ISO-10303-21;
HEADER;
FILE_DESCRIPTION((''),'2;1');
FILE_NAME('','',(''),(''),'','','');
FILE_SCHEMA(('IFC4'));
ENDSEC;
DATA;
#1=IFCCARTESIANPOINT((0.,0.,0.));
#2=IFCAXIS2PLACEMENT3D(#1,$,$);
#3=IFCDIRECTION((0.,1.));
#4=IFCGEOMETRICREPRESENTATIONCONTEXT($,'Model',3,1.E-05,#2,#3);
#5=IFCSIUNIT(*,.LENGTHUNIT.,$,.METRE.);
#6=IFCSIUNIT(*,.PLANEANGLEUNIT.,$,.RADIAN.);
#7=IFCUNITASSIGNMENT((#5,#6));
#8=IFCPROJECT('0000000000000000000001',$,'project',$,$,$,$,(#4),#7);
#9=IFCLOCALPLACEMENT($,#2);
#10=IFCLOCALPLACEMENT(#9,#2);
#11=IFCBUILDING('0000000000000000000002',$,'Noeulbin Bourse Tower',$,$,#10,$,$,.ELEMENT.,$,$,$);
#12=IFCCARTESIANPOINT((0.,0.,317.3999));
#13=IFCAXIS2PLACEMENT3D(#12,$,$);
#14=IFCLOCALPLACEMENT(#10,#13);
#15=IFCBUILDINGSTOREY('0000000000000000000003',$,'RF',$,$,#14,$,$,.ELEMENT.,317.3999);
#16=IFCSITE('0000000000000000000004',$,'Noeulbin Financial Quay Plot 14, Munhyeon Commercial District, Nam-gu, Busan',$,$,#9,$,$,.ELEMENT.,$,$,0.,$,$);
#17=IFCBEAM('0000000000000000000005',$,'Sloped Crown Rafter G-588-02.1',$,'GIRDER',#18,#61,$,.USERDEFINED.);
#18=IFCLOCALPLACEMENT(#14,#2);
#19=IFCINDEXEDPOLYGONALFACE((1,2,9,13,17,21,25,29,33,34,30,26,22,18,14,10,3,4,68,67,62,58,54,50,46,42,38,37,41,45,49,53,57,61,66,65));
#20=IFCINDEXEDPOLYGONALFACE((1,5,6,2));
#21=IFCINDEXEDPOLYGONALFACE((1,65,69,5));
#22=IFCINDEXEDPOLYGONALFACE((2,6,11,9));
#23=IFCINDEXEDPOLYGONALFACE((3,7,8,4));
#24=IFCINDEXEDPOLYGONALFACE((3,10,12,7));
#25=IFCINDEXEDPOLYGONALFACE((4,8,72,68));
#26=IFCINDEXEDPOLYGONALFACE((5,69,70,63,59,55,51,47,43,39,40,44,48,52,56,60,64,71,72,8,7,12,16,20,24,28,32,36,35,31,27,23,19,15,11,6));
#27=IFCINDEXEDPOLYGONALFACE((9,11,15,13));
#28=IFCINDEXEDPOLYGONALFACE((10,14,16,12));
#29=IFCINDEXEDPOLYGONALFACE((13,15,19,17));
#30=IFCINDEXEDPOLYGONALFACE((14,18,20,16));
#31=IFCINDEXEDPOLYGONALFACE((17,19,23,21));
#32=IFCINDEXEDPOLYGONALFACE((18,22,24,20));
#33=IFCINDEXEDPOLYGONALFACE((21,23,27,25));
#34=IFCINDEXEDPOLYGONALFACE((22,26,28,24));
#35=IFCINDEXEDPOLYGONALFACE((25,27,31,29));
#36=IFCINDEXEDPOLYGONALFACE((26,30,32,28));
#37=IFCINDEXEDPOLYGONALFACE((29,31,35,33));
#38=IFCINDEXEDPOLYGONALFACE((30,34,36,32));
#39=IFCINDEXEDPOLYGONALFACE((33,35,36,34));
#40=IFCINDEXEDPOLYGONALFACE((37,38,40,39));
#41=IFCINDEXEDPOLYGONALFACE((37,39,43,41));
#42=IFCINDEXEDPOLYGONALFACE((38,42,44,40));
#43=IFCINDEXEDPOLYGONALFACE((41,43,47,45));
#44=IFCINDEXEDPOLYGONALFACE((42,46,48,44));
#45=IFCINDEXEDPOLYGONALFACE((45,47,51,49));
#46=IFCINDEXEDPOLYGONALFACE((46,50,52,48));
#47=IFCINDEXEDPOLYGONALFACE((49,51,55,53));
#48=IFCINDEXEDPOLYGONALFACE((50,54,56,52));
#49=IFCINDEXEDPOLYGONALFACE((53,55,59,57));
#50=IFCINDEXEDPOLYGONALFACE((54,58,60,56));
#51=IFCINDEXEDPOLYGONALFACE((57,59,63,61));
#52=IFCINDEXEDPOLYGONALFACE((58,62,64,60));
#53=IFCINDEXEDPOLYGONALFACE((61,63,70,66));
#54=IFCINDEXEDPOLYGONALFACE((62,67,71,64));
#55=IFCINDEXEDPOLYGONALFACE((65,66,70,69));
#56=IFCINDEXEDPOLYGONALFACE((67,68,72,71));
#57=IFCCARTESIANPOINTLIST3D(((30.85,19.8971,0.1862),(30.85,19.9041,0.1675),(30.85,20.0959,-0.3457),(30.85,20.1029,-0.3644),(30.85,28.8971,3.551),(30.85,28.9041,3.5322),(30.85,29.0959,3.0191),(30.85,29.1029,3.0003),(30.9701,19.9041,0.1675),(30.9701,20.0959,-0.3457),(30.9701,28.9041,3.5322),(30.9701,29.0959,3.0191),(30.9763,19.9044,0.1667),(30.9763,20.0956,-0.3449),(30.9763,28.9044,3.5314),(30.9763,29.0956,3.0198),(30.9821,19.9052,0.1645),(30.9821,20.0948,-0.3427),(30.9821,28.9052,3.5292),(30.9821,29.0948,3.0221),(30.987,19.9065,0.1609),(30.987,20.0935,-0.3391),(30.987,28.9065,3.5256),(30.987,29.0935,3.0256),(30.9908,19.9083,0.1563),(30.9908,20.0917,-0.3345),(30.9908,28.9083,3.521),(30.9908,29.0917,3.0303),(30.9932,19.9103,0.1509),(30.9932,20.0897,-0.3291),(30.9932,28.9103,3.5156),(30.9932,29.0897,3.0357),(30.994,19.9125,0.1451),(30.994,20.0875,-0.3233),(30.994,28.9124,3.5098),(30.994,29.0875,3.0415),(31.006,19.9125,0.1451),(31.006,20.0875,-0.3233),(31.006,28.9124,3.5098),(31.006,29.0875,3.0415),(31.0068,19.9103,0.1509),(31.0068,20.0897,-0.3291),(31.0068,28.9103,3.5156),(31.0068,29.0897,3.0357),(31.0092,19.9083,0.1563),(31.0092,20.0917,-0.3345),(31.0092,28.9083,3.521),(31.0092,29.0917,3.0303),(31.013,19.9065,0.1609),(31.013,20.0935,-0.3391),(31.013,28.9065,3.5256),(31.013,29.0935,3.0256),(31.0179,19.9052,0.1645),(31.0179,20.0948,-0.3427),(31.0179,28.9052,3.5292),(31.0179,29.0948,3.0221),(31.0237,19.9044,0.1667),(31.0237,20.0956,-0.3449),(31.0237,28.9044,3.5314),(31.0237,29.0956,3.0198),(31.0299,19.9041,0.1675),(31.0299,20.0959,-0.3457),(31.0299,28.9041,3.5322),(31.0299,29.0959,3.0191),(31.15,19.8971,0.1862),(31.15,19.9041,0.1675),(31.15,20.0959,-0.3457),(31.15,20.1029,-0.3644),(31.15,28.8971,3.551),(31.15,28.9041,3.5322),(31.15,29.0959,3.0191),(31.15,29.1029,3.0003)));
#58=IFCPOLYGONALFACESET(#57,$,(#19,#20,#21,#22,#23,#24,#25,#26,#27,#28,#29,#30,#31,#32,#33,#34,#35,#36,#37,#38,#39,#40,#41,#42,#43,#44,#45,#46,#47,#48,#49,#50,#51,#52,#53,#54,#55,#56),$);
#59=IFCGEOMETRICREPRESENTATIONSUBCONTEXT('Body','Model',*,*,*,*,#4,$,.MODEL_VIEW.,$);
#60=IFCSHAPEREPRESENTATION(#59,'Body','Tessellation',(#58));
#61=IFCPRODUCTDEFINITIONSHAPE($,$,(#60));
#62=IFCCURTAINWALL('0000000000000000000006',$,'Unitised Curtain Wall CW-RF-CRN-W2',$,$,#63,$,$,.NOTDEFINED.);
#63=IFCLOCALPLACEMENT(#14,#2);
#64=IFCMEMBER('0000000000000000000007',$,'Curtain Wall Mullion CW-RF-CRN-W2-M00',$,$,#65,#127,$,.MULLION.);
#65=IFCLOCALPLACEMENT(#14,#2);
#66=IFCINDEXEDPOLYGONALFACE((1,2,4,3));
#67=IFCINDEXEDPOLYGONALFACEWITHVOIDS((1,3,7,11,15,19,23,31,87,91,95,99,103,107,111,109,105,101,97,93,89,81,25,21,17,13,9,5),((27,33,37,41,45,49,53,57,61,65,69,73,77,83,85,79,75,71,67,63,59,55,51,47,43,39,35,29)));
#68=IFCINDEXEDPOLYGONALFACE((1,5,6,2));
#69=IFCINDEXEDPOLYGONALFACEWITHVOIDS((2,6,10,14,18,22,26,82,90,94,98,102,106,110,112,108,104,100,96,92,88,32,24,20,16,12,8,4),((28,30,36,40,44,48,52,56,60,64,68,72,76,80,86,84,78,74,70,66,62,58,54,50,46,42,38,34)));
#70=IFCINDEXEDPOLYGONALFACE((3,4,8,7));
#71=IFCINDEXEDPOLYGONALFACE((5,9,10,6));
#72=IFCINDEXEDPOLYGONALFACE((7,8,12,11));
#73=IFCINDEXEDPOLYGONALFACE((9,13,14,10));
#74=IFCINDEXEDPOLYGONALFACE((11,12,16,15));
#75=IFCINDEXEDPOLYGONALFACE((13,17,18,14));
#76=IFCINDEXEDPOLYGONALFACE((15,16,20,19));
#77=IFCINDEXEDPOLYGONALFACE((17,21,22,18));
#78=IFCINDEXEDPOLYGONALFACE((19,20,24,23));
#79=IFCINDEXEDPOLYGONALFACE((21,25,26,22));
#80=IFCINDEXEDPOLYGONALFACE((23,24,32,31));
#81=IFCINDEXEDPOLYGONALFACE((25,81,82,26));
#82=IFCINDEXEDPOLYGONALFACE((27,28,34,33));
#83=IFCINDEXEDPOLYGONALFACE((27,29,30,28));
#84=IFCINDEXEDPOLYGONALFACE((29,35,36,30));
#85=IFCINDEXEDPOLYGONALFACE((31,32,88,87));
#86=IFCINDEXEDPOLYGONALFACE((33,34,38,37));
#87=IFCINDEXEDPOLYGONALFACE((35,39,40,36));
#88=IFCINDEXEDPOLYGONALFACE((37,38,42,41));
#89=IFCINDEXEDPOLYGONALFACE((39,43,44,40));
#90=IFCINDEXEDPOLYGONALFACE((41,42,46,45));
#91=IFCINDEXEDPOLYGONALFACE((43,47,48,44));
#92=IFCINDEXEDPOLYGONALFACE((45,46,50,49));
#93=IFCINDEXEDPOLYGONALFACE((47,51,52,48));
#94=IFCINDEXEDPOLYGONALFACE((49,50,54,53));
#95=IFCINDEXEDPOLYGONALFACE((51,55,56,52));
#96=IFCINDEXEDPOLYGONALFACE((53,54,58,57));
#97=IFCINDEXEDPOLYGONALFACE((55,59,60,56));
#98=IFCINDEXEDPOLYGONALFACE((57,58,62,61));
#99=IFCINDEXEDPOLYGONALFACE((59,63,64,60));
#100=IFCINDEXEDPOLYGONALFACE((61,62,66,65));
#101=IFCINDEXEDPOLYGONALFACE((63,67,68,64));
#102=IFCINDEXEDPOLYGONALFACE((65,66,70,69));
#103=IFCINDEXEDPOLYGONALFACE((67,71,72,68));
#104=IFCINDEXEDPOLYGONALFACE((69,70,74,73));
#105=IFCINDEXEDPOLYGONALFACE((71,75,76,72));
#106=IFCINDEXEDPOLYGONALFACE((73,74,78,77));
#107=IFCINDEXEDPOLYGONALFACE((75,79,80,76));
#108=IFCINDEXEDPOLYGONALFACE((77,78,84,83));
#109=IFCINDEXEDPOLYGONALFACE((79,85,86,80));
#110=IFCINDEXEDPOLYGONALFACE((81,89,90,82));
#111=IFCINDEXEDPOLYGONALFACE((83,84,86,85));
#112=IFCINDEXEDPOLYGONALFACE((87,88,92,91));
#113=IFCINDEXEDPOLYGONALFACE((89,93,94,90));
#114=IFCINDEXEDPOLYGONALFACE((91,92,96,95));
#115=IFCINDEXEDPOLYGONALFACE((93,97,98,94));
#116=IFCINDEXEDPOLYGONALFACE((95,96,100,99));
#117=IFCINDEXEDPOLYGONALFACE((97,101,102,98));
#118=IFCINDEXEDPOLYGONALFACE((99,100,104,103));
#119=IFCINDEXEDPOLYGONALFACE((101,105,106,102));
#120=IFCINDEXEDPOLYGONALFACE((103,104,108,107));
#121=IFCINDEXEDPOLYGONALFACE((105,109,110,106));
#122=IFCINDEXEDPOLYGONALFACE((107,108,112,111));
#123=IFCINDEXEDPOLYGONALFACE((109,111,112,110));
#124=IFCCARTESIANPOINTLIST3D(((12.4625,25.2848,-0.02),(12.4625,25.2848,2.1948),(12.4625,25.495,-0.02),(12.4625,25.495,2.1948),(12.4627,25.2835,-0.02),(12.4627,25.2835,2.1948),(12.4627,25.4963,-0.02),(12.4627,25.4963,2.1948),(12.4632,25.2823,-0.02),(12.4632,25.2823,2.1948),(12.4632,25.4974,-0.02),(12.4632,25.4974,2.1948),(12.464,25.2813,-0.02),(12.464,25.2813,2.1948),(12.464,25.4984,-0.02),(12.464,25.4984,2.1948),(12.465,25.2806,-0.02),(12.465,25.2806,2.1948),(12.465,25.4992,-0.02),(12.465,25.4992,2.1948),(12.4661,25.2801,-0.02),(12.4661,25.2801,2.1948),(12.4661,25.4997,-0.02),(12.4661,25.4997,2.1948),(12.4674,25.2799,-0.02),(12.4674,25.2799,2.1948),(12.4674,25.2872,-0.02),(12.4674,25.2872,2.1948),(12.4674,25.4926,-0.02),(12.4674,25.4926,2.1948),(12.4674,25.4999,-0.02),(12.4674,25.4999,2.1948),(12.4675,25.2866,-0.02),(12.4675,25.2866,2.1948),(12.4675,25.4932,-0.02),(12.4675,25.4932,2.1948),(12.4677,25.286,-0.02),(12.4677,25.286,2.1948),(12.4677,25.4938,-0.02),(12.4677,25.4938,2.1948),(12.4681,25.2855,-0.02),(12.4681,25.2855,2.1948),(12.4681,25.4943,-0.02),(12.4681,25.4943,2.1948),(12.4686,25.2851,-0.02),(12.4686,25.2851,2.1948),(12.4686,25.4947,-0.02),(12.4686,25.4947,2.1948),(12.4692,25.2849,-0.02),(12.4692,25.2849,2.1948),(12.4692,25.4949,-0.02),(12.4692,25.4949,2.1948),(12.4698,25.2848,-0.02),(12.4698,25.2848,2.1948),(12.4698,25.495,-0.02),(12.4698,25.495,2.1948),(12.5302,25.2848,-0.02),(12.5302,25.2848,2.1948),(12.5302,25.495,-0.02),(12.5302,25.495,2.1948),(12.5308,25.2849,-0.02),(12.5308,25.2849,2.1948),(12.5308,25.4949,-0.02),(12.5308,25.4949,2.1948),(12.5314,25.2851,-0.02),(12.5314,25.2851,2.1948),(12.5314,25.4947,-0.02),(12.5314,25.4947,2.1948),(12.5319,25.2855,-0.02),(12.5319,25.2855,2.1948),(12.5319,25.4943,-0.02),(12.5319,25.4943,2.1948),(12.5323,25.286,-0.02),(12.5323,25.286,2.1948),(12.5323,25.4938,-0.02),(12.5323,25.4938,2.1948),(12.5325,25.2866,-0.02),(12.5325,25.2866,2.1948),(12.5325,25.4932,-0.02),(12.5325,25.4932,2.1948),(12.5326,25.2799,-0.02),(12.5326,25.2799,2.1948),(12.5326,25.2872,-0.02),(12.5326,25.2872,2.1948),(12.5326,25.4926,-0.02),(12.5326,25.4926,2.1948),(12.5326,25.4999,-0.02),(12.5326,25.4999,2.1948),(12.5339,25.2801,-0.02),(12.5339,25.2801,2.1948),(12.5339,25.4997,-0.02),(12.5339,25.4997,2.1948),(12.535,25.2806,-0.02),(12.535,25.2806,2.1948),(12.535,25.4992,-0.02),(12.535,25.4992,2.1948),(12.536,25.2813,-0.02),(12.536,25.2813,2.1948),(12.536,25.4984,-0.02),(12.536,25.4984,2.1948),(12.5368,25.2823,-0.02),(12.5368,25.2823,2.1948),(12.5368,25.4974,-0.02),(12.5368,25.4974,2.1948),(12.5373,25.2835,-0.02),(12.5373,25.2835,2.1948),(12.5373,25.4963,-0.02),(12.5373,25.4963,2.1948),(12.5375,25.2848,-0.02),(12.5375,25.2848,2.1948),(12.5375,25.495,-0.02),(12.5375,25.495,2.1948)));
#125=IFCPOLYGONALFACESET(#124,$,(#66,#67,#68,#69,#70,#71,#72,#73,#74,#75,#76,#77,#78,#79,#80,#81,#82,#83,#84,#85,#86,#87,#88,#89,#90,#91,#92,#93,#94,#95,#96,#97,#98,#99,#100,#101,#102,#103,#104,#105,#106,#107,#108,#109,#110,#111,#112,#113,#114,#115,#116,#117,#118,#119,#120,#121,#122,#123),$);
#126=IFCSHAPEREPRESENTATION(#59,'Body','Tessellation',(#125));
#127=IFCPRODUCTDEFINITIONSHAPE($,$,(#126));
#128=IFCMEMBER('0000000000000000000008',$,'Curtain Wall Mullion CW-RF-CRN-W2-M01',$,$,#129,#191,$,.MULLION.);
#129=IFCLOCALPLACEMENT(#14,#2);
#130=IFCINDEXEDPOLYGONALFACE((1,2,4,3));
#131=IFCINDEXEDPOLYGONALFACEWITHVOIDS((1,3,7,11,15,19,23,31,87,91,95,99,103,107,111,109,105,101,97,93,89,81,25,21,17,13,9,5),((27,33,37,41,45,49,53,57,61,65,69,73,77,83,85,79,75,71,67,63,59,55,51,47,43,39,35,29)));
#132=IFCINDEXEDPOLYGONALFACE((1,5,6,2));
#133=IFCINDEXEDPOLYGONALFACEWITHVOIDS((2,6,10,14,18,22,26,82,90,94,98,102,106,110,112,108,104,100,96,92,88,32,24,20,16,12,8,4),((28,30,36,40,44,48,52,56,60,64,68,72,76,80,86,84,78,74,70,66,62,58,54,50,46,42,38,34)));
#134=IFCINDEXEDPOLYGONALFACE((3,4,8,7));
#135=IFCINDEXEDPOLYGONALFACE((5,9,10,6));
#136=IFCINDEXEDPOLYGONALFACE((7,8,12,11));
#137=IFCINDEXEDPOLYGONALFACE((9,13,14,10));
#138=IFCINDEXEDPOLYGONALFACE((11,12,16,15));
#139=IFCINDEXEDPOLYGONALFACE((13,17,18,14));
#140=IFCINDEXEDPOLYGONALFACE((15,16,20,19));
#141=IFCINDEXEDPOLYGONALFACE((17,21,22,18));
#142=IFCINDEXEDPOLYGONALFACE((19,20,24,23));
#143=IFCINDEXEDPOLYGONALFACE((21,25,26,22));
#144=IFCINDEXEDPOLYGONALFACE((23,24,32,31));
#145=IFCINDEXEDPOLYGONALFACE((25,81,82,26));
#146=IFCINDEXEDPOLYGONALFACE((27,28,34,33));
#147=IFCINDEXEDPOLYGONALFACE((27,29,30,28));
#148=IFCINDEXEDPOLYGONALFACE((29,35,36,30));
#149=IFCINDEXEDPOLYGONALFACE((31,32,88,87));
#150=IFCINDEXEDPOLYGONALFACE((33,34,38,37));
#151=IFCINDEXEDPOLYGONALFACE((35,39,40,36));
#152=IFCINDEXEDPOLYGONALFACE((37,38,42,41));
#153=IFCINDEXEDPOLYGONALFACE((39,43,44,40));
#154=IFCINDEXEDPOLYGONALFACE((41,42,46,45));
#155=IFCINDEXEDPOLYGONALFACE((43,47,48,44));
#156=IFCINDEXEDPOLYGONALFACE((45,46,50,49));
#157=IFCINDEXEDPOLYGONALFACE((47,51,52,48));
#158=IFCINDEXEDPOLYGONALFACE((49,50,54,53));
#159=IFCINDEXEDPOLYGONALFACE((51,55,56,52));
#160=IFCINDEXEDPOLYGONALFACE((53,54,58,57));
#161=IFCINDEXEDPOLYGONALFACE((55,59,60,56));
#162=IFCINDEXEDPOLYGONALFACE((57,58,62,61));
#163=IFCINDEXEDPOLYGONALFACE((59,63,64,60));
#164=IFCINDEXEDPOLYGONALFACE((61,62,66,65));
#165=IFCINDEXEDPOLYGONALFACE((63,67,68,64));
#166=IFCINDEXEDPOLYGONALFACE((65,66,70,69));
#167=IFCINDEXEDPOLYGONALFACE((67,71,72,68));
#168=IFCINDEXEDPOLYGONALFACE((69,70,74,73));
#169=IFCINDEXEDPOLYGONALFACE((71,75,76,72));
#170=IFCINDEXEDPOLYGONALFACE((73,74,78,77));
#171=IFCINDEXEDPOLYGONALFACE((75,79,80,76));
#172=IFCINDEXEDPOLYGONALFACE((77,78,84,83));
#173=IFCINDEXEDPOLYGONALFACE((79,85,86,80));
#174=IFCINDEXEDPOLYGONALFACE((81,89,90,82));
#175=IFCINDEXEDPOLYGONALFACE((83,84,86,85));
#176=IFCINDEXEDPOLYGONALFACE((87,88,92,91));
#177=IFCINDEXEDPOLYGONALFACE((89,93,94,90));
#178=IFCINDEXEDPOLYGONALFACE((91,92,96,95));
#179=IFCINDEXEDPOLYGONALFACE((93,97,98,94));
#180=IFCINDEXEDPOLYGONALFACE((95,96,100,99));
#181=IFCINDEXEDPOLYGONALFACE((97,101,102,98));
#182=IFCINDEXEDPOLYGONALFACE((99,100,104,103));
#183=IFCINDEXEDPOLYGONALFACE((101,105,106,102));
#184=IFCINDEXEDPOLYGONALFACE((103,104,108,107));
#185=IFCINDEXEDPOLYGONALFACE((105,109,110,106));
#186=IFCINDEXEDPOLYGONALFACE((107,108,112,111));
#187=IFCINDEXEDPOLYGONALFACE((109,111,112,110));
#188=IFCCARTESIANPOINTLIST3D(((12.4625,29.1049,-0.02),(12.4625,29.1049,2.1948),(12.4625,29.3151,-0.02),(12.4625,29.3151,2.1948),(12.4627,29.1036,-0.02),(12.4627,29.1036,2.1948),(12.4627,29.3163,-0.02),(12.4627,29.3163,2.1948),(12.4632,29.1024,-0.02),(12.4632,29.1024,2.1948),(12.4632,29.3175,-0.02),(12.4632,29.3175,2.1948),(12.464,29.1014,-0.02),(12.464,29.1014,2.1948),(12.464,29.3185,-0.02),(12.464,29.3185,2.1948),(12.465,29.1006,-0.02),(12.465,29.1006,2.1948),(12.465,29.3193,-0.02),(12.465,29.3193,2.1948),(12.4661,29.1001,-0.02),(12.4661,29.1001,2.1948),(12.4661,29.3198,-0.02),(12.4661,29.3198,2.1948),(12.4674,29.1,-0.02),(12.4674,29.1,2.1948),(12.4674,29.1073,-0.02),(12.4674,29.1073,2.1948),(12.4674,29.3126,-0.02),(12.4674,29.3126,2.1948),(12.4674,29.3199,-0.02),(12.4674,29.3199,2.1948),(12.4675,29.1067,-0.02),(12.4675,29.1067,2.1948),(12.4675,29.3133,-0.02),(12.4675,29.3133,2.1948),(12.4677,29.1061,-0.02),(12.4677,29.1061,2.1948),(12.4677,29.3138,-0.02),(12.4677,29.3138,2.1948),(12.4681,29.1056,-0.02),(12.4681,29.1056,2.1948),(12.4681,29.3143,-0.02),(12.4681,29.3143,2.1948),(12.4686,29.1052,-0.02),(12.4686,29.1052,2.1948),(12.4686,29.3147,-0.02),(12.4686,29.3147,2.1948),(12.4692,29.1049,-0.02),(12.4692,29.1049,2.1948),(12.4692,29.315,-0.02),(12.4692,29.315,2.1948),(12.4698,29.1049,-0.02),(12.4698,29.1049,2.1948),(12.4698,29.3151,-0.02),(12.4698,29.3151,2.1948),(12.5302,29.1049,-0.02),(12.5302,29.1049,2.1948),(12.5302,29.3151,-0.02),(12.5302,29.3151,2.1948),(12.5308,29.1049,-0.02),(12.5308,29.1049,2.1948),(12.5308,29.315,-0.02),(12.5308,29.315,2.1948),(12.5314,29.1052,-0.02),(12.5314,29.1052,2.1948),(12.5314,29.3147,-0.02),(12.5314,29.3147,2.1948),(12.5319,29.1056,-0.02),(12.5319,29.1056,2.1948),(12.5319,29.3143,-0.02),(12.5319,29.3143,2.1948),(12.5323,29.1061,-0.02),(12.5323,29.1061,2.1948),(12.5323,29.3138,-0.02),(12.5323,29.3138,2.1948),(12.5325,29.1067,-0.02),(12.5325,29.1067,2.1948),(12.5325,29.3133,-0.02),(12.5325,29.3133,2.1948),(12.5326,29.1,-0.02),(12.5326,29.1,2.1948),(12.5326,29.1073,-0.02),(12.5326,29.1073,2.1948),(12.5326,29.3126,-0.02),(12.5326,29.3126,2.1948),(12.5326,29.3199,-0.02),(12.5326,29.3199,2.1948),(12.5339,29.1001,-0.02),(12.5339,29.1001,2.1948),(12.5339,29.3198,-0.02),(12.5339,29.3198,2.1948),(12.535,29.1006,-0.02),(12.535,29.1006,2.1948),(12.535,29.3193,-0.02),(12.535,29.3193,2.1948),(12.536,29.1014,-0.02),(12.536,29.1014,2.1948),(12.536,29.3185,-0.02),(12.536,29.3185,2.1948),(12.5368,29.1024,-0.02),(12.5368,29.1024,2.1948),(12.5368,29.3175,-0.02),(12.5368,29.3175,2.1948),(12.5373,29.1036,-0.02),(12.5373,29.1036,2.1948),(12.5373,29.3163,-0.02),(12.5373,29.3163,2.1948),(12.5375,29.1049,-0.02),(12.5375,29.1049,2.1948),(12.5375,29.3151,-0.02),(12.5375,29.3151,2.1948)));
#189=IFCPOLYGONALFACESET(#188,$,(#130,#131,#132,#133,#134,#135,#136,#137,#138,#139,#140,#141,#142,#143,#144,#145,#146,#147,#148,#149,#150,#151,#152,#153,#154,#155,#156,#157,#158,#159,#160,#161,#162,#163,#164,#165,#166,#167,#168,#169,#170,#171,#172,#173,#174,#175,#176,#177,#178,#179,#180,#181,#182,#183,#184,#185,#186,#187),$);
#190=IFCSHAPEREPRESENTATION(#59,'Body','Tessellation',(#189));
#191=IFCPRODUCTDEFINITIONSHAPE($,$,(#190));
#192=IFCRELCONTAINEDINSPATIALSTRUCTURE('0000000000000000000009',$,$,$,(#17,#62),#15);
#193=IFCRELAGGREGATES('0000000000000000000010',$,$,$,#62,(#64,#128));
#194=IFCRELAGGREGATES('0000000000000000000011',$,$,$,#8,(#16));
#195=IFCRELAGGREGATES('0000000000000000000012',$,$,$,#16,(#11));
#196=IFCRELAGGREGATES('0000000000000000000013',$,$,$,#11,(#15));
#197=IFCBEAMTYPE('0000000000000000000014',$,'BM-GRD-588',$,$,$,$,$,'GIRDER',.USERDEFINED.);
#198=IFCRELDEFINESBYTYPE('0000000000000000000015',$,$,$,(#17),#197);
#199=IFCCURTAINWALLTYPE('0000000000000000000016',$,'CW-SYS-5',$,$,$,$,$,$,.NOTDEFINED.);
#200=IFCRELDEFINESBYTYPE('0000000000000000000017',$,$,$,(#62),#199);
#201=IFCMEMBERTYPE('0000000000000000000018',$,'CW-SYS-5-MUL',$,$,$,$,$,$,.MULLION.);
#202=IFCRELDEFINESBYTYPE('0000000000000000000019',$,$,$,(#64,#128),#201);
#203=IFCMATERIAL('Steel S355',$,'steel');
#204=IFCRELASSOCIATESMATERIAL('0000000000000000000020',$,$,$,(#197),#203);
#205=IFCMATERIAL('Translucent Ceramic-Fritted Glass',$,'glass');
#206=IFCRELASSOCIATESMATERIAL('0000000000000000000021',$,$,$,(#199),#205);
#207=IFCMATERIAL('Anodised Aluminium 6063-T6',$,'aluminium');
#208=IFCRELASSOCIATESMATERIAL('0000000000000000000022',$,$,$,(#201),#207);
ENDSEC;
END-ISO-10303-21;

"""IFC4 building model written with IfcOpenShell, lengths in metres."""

from ifc_helpers import new_model, si_unit, direction, frame, origin, origin_2d, place, context, subcontext, project, spatial, hollow_rectangle, i_section, extrude, material, material_profile, profile_set, type_object, element, aggregate, save


model = new_model("IFC4")

# Units and contexts
model_context = context("Model", 3, precision=1e-05, world=origin(), true_north=direction((0.0, 1.0)))
body_context = subcontext(model_context, "Body", "Model", "MODEL_VIEW")
ifc_project = project(units=[si_unit("LENGTHUNIT", "METRE"), si_unit("PLANEANGLEUNIT", "RADIAN")], contexts=[model_context])

# Site, building, storey
site_placement = place(None, origin())
site = spatial("IfcSite", under=ifc_project, at=site_placement, Name="Noeulbin Financial Quay Plot 14, Munhyeon Commercial District, Nam-gu, Busan", CompositionType="ELEMENT", RefElevation=0.0)
building_placement = place(site_placement, origin())
building = spatial("IfcBuilding", under=site, at=building_placement, Name="Noeulbin Bourse Tower", CompositionType="ELEMENT")
storey_placement = place(building_placement, frame((0.0, 0.0, 317.3999)))
storey = spatial("IfcBuildingStorey", under=building, at=storey_placement, Name="RF", CompositionType="ELEMENT", Elevation=317.3999)

# Shared definitions
ifc_material_1 = material(Name="Steel S355", Category="steel")

# Beam
ifc_material_profile_1 = material_profile(ifc_material_1, i_section(OverallWidth=0.3, OverallDepth=0.5879, WebThickness=0.012, FlangeThickness=0.02, FilletRadius=0.0239, at=origin_2d()), Name="H-588x300x12x20", Category="LoadBearing")
ifc_profile_set_1 = profile_set([ifc_material_profile_1], Name="Steel S355")
beam_type = type_object("IfcBeamType", Name="BM-GRD-588", ElementType="GIRDER", PredefinedType="USERDEFINED", material=ifc_profile_set_1)
beam_1_placement = place(storey_placement, frame((31.0, 20.0, -0.0891), z_axis=(0.0, 0.93668, 0.350188), x_axis=(-1.0, 0.0, 0.0)))
element("IfcBeam", 1, at=beam_1_placement, inside=storey, type_object=beam_type, Name="Sloped Crown Rafter G-588-02.1", ObjectType="GIRDER", PredefinedType="USERDEFINED", context=body_context, shape_type="SweptSolid", body=[
    extrude(i_section(OverallWidth=0.3, OverallDepth=0.5879, WebThickness=0.012, FlangeThickness=0.02, FilletRadius=0.0239, at=origin_2d()), origin(), (0.0, 0.0, 1.0), 9.6084),
])

# Curtain wall, members
ifc_material_2 = material(Name="Translucent Ceramic-Fritted Glass", Category="glass")
curtain_wall_type = type_object("IfcCurtainWallType", Name="CW-SYS-5", PredefinedType="NOTDEFINED", material=ifc_material_2)
curtain_wall_1_placement = place(storey_placement, origin())
curtain_wall_1 = element("IfcCurtainWall", 2, at=curtain_wall_1_placement, inside=storey, type_object=curtain_wall_type, Name="Unitised Curtain Wall CW-RF-CRN-W2", PredefinedType="NOTDEFINED")
ifc_material_3 = material(Name="Anodised Aluminium 6063-T6", Category="aluminium")
ifc_material_profile_2 = material_profile(ifc_material_3, hollow_rectangle(XDim=0.075, YDim=0.22, WallThickness=0.0049, InnerFilletRadius=0.0024, OuterFilletRadius=0.0049, at=origin_2d()), Name="ALU-MULL-75x220x5", Category="LoadBearing")
ifc_profile_set_2 = profile_set([ifc_material_profile_2], Name="Anodised Aluminium 6063-T6")
member_type_1 = type_object("IfcMemberType", Name="CW-SYS-5-MUL", PredefinedType="MULLION", material=ifc_profile_set_2)
member_1_placement = place(storey_placement, frame((12.5, 25.3899, -0.02), z_axis=(0.0, 0.0, 1.0), x_axis=(1.0, 0.0, 0.0)))
member_1 = element("IfcMember", 3, at=member_1_placement, type_object=member_type_1, Name="Curtain Wall Mullion CW-RF-CRN-W2-M00", PredefinedType="MULLION", context=body_context, shape_type="SweptSolid", body=[
    extrude(hollow_rectangle(XDim=0.075, YDim=0.22, WallThickness=0.0049, InnerFilletRadius=0.0024, OuterFilletRadius=0.0049, at=origin_2d()), origin(), (0.0, 0.0, 1.0), 2.2148),
])
member_2_placement = place(storey_placement, frame((12.5, 29.21, -0.02), z_axis=(0.0, 0.0, 1.0), x_axis=(1.0, 0.0, 0.0)))
member_2 = element("IfcMember", 4, at=member_2_placement, type_object=member_type_1, Name="Curtain Wall Mullion CW-RF-CRN-W2-M01", PredefinedType="MULLION", context=body_context, shape_type="SweptSolid", body=[
    extrude(hollow_rectangle(XDim=0.075, YDim=0.22, WallThickness=0.0049, InnerFilletRadius=0.0024, OuterFilletRadius=0.0049, at=origin_2d()), origin(), (0.0, 0.0, 1.0), 2.2148),
])

aggregate(curtain_wall_1, [member_1, member_2])

save(model, "model.ifc")
